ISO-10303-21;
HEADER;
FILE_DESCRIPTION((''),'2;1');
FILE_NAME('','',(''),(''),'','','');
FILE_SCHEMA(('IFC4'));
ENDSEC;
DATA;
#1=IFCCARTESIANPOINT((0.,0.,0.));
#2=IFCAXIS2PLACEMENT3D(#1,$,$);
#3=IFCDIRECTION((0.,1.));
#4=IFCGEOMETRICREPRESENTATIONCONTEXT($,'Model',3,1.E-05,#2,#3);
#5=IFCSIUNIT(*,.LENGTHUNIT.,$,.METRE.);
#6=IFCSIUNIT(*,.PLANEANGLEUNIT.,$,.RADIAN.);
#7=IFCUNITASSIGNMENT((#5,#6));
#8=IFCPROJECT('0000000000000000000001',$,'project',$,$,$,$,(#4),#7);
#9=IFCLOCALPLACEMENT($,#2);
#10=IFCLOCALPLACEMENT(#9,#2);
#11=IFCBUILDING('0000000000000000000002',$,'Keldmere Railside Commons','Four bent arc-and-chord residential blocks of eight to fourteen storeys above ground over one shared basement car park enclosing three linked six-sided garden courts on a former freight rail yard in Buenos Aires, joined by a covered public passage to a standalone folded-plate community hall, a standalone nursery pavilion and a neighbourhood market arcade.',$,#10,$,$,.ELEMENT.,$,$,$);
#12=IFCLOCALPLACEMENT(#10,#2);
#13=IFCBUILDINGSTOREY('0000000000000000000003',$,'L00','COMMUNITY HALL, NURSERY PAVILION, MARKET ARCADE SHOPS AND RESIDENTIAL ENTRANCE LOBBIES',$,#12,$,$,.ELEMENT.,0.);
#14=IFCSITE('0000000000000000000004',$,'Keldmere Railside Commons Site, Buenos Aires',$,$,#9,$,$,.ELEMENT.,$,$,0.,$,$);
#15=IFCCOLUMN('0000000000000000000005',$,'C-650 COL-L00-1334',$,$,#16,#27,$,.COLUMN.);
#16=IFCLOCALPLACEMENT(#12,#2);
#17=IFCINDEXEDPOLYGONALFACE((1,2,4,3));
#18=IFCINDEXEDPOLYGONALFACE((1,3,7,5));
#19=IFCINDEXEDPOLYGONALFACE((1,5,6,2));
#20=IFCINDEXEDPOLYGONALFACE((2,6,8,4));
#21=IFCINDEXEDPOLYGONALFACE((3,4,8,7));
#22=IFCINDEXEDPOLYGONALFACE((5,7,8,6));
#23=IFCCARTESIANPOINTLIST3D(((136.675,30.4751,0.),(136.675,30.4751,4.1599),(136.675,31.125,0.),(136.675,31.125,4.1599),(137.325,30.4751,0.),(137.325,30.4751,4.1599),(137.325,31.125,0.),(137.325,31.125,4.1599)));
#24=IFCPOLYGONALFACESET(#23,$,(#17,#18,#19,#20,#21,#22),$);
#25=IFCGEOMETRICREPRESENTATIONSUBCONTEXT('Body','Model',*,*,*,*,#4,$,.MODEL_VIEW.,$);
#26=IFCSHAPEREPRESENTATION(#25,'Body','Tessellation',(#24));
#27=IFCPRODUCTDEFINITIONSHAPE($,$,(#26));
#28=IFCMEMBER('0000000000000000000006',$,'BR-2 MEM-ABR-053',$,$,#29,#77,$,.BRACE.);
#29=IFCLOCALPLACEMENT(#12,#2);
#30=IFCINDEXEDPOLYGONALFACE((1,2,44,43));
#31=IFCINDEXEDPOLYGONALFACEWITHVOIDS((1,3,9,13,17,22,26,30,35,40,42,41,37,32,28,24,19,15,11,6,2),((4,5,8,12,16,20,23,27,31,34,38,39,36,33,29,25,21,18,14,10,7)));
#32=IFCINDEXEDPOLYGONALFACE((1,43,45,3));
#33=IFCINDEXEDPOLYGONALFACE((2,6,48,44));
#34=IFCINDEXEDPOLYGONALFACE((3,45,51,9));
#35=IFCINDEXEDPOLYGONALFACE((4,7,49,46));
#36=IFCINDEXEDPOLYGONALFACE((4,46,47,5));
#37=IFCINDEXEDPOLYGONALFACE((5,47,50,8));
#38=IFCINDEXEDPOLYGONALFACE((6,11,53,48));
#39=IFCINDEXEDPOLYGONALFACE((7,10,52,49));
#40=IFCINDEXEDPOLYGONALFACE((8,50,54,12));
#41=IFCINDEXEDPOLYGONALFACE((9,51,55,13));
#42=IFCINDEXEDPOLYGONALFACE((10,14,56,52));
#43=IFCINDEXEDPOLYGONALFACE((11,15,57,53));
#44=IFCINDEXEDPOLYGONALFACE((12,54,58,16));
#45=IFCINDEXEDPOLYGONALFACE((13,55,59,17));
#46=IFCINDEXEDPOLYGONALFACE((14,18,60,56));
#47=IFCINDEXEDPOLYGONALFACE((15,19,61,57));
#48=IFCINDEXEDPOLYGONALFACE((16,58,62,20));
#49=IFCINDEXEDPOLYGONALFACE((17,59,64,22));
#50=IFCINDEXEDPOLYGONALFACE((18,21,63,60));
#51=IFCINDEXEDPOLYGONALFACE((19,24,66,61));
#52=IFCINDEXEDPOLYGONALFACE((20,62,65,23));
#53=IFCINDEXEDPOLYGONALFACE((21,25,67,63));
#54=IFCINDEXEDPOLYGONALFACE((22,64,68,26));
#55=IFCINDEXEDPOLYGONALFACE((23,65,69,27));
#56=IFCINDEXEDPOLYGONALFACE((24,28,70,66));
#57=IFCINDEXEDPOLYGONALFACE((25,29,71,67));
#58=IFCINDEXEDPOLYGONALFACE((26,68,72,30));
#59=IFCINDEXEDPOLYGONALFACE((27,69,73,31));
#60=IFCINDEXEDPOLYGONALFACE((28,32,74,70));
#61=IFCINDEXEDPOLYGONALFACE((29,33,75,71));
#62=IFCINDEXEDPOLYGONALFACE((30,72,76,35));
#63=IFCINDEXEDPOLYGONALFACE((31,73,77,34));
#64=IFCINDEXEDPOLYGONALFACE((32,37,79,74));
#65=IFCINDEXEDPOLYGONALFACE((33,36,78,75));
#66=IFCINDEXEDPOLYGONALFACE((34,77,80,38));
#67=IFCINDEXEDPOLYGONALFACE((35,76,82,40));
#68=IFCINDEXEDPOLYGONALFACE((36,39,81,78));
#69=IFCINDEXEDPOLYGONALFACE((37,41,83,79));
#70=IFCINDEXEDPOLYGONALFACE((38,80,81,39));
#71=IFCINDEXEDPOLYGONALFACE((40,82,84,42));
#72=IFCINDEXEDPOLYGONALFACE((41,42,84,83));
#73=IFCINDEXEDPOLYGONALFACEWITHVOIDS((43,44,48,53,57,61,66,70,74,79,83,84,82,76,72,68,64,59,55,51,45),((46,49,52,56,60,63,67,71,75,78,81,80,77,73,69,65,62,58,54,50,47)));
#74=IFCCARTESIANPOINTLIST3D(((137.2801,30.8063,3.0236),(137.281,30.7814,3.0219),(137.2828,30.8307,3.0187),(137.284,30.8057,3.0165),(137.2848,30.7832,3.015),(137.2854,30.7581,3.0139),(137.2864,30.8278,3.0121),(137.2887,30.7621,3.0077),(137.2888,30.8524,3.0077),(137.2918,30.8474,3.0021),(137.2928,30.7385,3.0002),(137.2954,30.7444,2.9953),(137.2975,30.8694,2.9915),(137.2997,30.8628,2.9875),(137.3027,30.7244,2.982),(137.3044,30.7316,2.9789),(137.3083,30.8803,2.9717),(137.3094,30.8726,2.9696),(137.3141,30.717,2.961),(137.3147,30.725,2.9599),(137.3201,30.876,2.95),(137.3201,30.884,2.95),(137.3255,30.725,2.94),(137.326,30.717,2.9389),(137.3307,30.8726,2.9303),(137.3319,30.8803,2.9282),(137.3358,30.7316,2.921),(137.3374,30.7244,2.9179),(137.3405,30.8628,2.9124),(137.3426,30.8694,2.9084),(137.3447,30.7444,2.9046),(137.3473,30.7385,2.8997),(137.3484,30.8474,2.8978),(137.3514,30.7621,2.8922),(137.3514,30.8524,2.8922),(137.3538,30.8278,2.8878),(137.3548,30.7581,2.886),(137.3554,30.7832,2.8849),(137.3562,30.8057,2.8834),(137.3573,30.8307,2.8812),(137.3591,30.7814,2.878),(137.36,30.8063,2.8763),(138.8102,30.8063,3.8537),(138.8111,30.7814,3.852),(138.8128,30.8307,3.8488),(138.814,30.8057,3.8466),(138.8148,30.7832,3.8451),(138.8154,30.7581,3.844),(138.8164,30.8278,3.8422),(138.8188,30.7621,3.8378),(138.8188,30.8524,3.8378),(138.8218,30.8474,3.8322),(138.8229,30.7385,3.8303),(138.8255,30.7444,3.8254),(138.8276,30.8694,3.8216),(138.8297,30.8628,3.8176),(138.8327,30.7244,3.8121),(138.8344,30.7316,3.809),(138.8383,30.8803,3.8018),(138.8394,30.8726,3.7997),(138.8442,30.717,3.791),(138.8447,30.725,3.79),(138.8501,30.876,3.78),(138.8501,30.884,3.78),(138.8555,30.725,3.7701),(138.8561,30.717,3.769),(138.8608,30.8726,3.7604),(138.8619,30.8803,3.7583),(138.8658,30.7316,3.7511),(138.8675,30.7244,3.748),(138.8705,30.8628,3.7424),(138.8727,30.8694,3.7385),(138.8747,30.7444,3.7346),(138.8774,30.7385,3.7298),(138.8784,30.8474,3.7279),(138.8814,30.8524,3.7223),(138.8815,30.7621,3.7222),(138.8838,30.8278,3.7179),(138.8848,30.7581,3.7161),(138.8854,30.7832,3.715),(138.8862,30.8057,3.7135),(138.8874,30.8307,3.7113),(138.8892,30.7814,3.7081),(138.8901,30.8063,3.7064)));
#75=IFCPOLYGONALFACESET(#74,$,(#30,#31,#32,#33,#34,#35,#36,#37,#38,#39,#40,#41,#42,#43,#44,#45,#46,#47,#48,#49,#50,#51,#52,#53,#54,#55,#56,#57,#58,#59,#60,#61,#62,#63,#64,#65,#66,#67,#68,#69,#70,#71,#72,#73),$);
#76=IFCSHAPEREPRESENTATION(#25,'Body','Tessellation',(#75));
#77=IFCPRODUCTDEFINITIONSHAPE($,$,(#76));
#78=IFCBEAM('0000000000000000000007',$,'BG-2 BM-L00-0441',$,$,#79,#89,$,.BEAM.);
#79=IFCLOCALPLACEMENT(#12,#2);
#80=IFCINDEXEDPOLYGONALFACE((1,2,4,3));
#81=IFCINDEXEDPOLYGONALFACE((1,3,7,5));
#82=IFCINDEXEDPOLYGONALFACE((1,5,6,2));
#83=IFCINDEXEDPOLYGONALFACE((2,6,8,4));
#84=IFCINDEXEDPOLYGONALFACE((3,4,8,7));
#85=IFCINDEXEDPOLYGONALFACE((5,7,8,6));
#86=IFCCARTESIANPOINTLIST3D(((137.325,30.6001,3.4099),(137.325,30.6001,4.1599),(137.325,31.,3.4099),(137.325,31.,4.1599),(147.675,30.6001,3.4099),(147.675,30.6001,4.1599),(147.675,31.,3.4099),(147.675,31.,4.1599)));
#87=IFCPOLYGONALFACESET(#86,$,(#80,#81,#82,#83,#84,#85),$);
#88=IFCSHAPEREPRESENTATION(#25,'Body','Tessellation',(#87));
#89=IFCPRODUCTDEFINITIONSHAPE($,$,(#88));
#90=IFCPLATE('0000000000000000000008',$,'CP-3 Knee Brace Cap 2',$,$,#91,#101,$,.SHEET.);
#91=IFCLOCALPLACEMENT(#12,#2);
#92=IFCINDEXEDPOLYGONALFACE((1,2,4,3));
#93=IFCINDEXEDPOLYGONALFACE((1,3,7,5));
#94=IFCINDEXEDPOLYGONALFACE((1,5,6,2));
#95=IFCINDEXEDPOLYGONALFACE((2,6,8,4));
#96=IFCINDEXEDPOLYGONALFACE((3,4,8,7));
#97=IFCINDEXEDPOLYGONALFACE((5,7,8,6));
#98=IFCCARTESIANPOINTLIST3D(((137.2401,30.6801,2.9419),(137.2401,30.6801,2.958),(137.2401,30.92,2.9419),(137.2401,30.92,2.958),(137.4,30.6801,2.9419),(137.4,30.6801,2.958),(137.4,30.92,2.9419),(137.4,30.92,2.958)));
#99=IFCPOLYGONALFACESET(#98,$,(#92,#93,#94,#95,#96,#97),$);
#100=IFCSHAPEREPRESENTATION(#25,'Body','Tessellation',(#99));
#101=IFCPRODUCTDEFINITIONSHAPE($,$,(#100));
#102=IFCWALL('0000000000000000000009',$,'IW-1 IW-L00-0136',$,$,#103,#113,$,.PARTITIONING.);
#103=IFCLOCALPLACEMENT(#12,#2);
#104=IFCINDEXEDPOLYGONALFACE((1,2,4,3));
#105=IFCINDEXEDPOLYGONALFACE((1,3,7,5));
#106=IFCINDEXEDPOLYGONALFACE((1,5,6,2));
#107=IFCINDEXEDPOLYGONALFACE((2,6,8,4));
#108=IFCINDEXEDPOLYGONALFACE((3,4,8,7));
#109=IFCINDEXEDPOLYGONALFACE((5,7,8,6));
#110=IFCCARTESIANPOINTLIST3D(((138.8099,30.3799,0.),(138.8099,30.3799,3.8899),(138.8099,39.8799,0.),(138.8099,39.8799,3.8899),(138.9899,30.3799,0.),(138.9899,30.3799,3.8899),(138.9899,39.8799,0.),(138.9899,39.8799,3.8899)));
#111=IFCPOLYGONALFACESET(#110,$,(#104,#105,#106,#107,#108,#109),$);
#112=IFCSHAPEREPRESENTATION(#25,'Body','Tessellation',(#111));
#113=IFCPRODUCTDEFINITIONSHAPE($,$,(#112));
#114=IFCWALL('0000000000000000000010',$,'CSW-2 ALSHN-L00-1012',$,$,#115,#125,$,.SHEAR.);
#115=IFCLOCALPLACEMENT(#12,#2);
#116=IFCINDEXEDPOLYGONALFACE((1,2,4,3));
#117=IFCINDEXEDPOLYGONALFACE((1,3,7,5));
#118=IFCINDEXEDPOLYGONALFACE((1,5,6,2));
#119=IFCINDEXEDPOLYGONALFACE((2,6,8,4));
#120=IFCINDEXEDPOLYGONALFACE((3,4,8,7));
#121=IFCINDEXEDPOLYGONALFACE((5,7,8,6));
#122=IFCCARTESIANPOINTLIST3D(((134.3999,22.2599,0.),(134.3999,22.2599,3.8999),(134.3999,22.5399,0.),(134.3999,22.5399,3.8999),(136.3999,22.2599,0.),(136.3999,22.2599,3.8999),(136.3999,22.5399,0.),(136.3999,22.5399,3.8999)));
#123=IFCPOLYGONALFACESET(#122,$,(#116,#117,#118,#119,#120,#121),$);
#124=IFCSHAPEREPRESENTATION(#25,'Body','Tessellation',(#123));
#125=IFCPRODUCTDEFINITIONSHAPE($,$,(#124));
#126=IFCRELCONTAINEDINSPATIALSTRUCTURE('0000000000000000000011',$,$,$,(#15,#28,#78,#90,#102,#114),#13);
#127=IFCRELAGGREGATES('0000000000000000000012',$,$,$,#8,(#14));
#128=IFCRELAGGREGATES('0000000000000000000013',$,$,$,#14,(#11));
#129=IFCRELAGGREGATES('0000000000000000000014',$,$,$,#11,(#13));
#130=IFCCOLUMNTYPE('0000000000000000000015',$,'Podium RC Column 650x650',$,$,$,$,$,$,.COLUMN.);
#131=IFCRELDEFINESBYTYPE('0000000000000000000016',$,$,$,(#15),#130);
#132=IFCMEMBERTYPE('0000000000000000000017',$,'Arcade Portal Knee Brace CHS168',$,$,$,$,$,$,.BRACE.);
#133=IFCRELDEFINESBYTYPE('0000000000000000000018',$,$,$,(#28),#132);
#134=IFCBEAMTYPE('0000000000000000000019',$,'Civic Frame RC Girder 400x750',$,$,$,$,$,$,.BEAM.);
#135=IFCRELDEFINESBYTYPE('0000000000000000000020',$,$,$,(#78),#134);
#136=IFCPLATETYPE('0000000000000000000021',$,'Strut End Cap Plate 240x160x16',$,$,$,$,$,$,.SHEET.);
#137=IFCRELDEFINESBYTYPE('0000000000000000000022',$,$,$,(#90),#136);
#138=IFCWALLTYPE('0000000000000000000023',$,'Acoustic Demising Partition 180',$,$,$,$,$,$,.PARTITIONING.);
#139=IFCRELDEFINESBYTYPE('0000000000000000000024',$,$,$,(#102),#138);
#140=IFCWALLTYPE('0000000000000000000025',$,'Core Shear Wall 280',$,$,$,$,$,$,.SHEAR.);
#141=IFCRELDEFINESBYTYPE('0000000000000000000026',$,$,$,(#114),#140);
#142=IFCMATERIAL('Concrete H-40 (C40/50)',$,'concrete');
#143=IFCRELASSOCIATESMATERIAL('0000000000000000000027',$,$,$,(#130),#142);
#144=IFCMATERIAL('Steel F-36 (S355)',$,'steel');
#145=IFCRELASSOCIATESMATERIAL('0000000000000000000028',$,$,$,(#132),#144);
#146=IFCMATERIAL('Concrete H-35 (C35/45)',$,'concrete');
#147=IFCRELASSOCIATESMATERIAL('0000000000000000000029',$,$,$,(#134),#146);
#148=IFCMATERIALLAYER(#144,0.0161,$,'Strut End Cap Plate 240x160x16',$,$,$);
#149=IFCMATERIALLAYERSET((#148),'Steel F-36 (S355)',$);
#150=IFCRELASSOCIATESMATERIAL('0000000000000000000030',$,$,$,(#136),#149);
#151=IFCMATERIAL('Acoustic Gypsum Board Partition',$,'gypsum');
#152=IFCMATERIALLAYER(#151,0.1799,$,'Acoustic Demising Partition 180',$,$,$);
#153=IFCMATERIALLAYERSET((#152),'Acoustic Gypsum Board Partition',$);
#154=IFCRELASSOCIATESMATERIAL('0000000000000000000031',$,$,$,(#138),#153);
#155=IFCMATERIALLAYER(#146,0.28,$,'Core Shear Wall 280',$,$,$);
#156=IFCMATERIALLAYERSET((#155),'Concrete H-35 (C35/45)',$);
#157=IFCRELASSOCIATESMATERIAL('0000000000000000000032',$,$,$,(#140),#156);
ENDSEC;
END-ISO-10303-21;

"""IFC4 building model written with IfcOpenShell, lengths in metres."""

from ifc_helpers import new_model, si_unit, direction, frame, frame_2d, origin, origin_2d, place, context, subcontext, project, spatial, rectangle, hollow_circle, extrude, material, layer, layer_set, material_profile, profile_set, type_object, element, save


model = new_model("IFC4")

# Units and contexts
model_context = context("Model", 3, precision=1e-05, world=origin(), true_north=direction((0.0, 1.0)))
body_context = subcontext(model_context, "Body", "Model", "MODEL_VIEW")
ifc_project = project(units=[si_unit("LENGTHUNIT", "METRE"), si_unit("PLANEANGLEUNIT", "RADIAN")], contexts=[model_context])

# Site, building, storey
site_placement = place(None, origin())
site = spatial("IfcSite", under=ifc_project, at=site_placement, Name="Keldmere Railside Commons Site, Buenos Aires", CompositionType="ELEMENT", RefElevation=0.0)
building_placement = place(site_placement, origin())
building = spatial("IfcBuilding", under=site, at=building_placement, Name="Keldmere Railside Commons", Description="Four bent arc-and-chord residential blocks of eight to fourteen storeys above ground over one shared basement car park enclosing three linked six-sided garden courts on a former freight rail yard in Buenos Aires, joined by a covered public passage to a standalone folded-plate community hall, a standalone nursery pavilion and a neighbourhood market arcade.", CompositionType="ELEMENT")
storey_placement = place(building_placement, origin())
storey = spatial("IfcBuildingStorey", under=building, at=storey_placement, Name="L00", Description="COMMUNITY HALL, NURSERY PAVILION, MARKET ARCADE SHOPS AND RESIDENTIAL ENTRANCE LOBBIES", CompositionType="ELEMENT", Elevation=0.0)

# Column
ifc_material_1 = material(Name="Concrete H-40 (C40/50)", Category="concrete")
ifc_material_profile_1 = material_profile(ifc_material_1, rectangle(XDim=0.6499, YDim=0.6499, at=origin_2d()), Name="RC-650x650")
ifc_profile_set_1 = profile_set([ifc_material_profile_1], Name="Concrete H-40 (C40/50)")
column_type = type_object("IfcColumnType", Name="Podium RC Column 650x650", PredefinedType="COLUMN", material=ifc_profile_set_1)
column_placement = place(storey_placement, frame((137.0, 30.8, 0.0), z_axis=(0.0, 0.0, 1.0), x_axis=(1.0, 0.0, 0.0)))
element("IfcColumn", 1, at=column_placement, inside=storey, type_object=column_type, Name="C-650 COL-L00-1334", PredefinedType="COLUMN", context=body_context, shape_type="SweptSolid", body=[
    extrude(rectangle(XDim=0.6499, YDim=0.6499, at=origin_2d()), origin(), (0.0, 0.0, 1.0), 4.1599),
])

# Member
ifc_material_2 = material(Name="Steel F-36 (S355)", Category="steel")
ifc_material_profile_2 = material_profile(ifc_material_2, hollow_circle(Radius=0.084, WallThickness=0.0081, at=origin_2d()), Name="CHS-168x8")
ifc_profile_set_2 = profile_set([ifc_material_profile_2], Name="Steel F-36 (S355)")
member_type = type_object("IfcMemberType", Name="Arcade Portal Knee Brace CHS168", PredefinedType="BRACE", material=ifc_profile_set_2)
member_placement = place(storey_placement, frame((137.3201, 30.8, 2.95), z_axis=(0.878976, 0.0, 0.476866), x_axis=(0.0, 1.0, 0.0)))
element("IfcMember", 2, at=member_placement, inside=storey, type_object=member_type, Name="BR-2 MEM-ABR-053", PredefinedType="BRACE", context=body_context, shape_type="SweptSolid", body=[
    extrude(hollow_circle(Radius=0.084, WallThickness=0.0081, at=origin_2d()), origin(), (0.0, 0.0, 1.0), 1.7407),
])

# Beam
ifc_material_3 = material(Name="Concrete H-35 (C35/45)", Category="concrete")
ifc_material_profile_3 = material_profile(ifc_material_3, rectangle(XDim=0.3999, YDim=0.75, at=origin_2d()), Name="RC-400x750")
ifc_profile_set_3 = profile_set([ifc_material_profile_3], Name="Concrete H-35 (C35/45)")
beam_type = type_object("IfcBeamType", Name="Civic Frame RC Girder 400x750", PredefinedType="BEAM", material=ifc_profile_set_3)
beam_placement = place(storey_placement, frame((137.325, 30.8, 3.7849), z_axis=(1.0, 0.0, 0.0), x_axis=(0.0, 1.0, 0.0)))
element("IfcBeam", 3, at=beam_placement, inside=storey, type_object=beam_type, Name="BG-2 BM-L00-0441", PredefinedType="BEAM", context=body_context, shape_type="SweptSolid", body=[
    extrude(rectangle(XDim=0.3999, YDim=0.75, at=origin_2d()), origin(), (0.0, 0.0, 1.0), 10.3501),
])

# Plate
ifc_layer_1 = layer(ifc_material_2, 0.0161, Name="Strut End Cap Plate 240x160x16")
ifc_layer_set_1 = layer_set([ifc_layer_1], Name="Steel F-36 (S355)")
plate_type = type_object("IfcPlateType", Name="Strut End Cap Plate 240x160x16", PredefinedType="SHEET", material=ifc_layer_set_1)
plate_placement = place(storey_placement, frame((137.3201, 30.8, 2.9419), z_axis=(0.0, 0.0, 1.0), x_axis=(0.0, 1.0, 0.0)))
element("IfcPlate", 4, at=plate_placement, inside=storey, type_object=plate_type, Name="CP-3 Knee Brace Cap 2", PredefinedType="SHEET", context=body_context, shape_type="SweptSolid", body=[
    extrude(rectangle(XDim=0.24, YDim=0.1599, at=origin_2d()), origin(), (0.0, 0.0, 1.0), 0.0161),
])

# Walls
ifc_material_4 = material(Name="Acoustic Gypsum Board Partition", Category="gypsum")
ifc_layer_2 = layer(ifc_material_4, 0.1799, Name="Acoustic Demising Partition 180")
ifc_layer_set_2 = layer_set([ifc_layer_2], Name="Acoustic Gypsum Board Partition")
wall_type_1 = type_object("IfcWallType", Name="Acoustic Demising Partition 180", PredefinedType="PARTITIONING", material=ifc_layer_set_2)
wall_1_placement = place(storey_placement, frame((138.8999, 30.3799, 0.0), z_axis=(0.0, 0.0, 1.0), x_axis=(0.0, 1.0, 0.0)))
element("IfcWall", 5, at=wall_1_placement, inside=storey, type_object=wall_type_1, Name="IW-1 IW-L00-0136", PredefinedType="PARTITIONING", context=body_context, shape_type="SweptSolid", body=[
    extrude(rectangle(XDim=9.5, YDim=0.1799, at=frame_2d((4.75, 0.0))), origin(), (0.0, 0.0, 1.0), 3.8899),
])
ifc_layer_3 = layer(ifc_material_3, 0.28, Name="Core Shear Wall 280")
ifc_layer_set_3 = layer_set([ifc_layer_3], Name="Concrete H-35 (C35/45)")
wall_type_2 = type_object("IfcWallType", Name="Core Shear Wall 280", PredefinedType="SHEAR", material=ifc_layer_set_3)
wall_2_placement = place(storey_placement, frame((134.3999, 22.3999, 0.0), z_axis=(0.0, 0.0, 1.0), x_axis=(1.0, 0.0, 0.0)))
element("IfcWall", 6, at=wall_2_placement, inside=storey, type_object=wall_type_2, Name="CSW-2 ALSHN-L00-1012", PredefinedType="SHEAR", context=body_context, shape_type="SweptSolid", body=[
    extrude(rectangle(XDim=2.0, YDim=0.28, at=frame_2d((1.0, 0.0))), origin(), (0.0, 0.0, 1.0), 3.8999),
])

save(model, "model.ifc")
